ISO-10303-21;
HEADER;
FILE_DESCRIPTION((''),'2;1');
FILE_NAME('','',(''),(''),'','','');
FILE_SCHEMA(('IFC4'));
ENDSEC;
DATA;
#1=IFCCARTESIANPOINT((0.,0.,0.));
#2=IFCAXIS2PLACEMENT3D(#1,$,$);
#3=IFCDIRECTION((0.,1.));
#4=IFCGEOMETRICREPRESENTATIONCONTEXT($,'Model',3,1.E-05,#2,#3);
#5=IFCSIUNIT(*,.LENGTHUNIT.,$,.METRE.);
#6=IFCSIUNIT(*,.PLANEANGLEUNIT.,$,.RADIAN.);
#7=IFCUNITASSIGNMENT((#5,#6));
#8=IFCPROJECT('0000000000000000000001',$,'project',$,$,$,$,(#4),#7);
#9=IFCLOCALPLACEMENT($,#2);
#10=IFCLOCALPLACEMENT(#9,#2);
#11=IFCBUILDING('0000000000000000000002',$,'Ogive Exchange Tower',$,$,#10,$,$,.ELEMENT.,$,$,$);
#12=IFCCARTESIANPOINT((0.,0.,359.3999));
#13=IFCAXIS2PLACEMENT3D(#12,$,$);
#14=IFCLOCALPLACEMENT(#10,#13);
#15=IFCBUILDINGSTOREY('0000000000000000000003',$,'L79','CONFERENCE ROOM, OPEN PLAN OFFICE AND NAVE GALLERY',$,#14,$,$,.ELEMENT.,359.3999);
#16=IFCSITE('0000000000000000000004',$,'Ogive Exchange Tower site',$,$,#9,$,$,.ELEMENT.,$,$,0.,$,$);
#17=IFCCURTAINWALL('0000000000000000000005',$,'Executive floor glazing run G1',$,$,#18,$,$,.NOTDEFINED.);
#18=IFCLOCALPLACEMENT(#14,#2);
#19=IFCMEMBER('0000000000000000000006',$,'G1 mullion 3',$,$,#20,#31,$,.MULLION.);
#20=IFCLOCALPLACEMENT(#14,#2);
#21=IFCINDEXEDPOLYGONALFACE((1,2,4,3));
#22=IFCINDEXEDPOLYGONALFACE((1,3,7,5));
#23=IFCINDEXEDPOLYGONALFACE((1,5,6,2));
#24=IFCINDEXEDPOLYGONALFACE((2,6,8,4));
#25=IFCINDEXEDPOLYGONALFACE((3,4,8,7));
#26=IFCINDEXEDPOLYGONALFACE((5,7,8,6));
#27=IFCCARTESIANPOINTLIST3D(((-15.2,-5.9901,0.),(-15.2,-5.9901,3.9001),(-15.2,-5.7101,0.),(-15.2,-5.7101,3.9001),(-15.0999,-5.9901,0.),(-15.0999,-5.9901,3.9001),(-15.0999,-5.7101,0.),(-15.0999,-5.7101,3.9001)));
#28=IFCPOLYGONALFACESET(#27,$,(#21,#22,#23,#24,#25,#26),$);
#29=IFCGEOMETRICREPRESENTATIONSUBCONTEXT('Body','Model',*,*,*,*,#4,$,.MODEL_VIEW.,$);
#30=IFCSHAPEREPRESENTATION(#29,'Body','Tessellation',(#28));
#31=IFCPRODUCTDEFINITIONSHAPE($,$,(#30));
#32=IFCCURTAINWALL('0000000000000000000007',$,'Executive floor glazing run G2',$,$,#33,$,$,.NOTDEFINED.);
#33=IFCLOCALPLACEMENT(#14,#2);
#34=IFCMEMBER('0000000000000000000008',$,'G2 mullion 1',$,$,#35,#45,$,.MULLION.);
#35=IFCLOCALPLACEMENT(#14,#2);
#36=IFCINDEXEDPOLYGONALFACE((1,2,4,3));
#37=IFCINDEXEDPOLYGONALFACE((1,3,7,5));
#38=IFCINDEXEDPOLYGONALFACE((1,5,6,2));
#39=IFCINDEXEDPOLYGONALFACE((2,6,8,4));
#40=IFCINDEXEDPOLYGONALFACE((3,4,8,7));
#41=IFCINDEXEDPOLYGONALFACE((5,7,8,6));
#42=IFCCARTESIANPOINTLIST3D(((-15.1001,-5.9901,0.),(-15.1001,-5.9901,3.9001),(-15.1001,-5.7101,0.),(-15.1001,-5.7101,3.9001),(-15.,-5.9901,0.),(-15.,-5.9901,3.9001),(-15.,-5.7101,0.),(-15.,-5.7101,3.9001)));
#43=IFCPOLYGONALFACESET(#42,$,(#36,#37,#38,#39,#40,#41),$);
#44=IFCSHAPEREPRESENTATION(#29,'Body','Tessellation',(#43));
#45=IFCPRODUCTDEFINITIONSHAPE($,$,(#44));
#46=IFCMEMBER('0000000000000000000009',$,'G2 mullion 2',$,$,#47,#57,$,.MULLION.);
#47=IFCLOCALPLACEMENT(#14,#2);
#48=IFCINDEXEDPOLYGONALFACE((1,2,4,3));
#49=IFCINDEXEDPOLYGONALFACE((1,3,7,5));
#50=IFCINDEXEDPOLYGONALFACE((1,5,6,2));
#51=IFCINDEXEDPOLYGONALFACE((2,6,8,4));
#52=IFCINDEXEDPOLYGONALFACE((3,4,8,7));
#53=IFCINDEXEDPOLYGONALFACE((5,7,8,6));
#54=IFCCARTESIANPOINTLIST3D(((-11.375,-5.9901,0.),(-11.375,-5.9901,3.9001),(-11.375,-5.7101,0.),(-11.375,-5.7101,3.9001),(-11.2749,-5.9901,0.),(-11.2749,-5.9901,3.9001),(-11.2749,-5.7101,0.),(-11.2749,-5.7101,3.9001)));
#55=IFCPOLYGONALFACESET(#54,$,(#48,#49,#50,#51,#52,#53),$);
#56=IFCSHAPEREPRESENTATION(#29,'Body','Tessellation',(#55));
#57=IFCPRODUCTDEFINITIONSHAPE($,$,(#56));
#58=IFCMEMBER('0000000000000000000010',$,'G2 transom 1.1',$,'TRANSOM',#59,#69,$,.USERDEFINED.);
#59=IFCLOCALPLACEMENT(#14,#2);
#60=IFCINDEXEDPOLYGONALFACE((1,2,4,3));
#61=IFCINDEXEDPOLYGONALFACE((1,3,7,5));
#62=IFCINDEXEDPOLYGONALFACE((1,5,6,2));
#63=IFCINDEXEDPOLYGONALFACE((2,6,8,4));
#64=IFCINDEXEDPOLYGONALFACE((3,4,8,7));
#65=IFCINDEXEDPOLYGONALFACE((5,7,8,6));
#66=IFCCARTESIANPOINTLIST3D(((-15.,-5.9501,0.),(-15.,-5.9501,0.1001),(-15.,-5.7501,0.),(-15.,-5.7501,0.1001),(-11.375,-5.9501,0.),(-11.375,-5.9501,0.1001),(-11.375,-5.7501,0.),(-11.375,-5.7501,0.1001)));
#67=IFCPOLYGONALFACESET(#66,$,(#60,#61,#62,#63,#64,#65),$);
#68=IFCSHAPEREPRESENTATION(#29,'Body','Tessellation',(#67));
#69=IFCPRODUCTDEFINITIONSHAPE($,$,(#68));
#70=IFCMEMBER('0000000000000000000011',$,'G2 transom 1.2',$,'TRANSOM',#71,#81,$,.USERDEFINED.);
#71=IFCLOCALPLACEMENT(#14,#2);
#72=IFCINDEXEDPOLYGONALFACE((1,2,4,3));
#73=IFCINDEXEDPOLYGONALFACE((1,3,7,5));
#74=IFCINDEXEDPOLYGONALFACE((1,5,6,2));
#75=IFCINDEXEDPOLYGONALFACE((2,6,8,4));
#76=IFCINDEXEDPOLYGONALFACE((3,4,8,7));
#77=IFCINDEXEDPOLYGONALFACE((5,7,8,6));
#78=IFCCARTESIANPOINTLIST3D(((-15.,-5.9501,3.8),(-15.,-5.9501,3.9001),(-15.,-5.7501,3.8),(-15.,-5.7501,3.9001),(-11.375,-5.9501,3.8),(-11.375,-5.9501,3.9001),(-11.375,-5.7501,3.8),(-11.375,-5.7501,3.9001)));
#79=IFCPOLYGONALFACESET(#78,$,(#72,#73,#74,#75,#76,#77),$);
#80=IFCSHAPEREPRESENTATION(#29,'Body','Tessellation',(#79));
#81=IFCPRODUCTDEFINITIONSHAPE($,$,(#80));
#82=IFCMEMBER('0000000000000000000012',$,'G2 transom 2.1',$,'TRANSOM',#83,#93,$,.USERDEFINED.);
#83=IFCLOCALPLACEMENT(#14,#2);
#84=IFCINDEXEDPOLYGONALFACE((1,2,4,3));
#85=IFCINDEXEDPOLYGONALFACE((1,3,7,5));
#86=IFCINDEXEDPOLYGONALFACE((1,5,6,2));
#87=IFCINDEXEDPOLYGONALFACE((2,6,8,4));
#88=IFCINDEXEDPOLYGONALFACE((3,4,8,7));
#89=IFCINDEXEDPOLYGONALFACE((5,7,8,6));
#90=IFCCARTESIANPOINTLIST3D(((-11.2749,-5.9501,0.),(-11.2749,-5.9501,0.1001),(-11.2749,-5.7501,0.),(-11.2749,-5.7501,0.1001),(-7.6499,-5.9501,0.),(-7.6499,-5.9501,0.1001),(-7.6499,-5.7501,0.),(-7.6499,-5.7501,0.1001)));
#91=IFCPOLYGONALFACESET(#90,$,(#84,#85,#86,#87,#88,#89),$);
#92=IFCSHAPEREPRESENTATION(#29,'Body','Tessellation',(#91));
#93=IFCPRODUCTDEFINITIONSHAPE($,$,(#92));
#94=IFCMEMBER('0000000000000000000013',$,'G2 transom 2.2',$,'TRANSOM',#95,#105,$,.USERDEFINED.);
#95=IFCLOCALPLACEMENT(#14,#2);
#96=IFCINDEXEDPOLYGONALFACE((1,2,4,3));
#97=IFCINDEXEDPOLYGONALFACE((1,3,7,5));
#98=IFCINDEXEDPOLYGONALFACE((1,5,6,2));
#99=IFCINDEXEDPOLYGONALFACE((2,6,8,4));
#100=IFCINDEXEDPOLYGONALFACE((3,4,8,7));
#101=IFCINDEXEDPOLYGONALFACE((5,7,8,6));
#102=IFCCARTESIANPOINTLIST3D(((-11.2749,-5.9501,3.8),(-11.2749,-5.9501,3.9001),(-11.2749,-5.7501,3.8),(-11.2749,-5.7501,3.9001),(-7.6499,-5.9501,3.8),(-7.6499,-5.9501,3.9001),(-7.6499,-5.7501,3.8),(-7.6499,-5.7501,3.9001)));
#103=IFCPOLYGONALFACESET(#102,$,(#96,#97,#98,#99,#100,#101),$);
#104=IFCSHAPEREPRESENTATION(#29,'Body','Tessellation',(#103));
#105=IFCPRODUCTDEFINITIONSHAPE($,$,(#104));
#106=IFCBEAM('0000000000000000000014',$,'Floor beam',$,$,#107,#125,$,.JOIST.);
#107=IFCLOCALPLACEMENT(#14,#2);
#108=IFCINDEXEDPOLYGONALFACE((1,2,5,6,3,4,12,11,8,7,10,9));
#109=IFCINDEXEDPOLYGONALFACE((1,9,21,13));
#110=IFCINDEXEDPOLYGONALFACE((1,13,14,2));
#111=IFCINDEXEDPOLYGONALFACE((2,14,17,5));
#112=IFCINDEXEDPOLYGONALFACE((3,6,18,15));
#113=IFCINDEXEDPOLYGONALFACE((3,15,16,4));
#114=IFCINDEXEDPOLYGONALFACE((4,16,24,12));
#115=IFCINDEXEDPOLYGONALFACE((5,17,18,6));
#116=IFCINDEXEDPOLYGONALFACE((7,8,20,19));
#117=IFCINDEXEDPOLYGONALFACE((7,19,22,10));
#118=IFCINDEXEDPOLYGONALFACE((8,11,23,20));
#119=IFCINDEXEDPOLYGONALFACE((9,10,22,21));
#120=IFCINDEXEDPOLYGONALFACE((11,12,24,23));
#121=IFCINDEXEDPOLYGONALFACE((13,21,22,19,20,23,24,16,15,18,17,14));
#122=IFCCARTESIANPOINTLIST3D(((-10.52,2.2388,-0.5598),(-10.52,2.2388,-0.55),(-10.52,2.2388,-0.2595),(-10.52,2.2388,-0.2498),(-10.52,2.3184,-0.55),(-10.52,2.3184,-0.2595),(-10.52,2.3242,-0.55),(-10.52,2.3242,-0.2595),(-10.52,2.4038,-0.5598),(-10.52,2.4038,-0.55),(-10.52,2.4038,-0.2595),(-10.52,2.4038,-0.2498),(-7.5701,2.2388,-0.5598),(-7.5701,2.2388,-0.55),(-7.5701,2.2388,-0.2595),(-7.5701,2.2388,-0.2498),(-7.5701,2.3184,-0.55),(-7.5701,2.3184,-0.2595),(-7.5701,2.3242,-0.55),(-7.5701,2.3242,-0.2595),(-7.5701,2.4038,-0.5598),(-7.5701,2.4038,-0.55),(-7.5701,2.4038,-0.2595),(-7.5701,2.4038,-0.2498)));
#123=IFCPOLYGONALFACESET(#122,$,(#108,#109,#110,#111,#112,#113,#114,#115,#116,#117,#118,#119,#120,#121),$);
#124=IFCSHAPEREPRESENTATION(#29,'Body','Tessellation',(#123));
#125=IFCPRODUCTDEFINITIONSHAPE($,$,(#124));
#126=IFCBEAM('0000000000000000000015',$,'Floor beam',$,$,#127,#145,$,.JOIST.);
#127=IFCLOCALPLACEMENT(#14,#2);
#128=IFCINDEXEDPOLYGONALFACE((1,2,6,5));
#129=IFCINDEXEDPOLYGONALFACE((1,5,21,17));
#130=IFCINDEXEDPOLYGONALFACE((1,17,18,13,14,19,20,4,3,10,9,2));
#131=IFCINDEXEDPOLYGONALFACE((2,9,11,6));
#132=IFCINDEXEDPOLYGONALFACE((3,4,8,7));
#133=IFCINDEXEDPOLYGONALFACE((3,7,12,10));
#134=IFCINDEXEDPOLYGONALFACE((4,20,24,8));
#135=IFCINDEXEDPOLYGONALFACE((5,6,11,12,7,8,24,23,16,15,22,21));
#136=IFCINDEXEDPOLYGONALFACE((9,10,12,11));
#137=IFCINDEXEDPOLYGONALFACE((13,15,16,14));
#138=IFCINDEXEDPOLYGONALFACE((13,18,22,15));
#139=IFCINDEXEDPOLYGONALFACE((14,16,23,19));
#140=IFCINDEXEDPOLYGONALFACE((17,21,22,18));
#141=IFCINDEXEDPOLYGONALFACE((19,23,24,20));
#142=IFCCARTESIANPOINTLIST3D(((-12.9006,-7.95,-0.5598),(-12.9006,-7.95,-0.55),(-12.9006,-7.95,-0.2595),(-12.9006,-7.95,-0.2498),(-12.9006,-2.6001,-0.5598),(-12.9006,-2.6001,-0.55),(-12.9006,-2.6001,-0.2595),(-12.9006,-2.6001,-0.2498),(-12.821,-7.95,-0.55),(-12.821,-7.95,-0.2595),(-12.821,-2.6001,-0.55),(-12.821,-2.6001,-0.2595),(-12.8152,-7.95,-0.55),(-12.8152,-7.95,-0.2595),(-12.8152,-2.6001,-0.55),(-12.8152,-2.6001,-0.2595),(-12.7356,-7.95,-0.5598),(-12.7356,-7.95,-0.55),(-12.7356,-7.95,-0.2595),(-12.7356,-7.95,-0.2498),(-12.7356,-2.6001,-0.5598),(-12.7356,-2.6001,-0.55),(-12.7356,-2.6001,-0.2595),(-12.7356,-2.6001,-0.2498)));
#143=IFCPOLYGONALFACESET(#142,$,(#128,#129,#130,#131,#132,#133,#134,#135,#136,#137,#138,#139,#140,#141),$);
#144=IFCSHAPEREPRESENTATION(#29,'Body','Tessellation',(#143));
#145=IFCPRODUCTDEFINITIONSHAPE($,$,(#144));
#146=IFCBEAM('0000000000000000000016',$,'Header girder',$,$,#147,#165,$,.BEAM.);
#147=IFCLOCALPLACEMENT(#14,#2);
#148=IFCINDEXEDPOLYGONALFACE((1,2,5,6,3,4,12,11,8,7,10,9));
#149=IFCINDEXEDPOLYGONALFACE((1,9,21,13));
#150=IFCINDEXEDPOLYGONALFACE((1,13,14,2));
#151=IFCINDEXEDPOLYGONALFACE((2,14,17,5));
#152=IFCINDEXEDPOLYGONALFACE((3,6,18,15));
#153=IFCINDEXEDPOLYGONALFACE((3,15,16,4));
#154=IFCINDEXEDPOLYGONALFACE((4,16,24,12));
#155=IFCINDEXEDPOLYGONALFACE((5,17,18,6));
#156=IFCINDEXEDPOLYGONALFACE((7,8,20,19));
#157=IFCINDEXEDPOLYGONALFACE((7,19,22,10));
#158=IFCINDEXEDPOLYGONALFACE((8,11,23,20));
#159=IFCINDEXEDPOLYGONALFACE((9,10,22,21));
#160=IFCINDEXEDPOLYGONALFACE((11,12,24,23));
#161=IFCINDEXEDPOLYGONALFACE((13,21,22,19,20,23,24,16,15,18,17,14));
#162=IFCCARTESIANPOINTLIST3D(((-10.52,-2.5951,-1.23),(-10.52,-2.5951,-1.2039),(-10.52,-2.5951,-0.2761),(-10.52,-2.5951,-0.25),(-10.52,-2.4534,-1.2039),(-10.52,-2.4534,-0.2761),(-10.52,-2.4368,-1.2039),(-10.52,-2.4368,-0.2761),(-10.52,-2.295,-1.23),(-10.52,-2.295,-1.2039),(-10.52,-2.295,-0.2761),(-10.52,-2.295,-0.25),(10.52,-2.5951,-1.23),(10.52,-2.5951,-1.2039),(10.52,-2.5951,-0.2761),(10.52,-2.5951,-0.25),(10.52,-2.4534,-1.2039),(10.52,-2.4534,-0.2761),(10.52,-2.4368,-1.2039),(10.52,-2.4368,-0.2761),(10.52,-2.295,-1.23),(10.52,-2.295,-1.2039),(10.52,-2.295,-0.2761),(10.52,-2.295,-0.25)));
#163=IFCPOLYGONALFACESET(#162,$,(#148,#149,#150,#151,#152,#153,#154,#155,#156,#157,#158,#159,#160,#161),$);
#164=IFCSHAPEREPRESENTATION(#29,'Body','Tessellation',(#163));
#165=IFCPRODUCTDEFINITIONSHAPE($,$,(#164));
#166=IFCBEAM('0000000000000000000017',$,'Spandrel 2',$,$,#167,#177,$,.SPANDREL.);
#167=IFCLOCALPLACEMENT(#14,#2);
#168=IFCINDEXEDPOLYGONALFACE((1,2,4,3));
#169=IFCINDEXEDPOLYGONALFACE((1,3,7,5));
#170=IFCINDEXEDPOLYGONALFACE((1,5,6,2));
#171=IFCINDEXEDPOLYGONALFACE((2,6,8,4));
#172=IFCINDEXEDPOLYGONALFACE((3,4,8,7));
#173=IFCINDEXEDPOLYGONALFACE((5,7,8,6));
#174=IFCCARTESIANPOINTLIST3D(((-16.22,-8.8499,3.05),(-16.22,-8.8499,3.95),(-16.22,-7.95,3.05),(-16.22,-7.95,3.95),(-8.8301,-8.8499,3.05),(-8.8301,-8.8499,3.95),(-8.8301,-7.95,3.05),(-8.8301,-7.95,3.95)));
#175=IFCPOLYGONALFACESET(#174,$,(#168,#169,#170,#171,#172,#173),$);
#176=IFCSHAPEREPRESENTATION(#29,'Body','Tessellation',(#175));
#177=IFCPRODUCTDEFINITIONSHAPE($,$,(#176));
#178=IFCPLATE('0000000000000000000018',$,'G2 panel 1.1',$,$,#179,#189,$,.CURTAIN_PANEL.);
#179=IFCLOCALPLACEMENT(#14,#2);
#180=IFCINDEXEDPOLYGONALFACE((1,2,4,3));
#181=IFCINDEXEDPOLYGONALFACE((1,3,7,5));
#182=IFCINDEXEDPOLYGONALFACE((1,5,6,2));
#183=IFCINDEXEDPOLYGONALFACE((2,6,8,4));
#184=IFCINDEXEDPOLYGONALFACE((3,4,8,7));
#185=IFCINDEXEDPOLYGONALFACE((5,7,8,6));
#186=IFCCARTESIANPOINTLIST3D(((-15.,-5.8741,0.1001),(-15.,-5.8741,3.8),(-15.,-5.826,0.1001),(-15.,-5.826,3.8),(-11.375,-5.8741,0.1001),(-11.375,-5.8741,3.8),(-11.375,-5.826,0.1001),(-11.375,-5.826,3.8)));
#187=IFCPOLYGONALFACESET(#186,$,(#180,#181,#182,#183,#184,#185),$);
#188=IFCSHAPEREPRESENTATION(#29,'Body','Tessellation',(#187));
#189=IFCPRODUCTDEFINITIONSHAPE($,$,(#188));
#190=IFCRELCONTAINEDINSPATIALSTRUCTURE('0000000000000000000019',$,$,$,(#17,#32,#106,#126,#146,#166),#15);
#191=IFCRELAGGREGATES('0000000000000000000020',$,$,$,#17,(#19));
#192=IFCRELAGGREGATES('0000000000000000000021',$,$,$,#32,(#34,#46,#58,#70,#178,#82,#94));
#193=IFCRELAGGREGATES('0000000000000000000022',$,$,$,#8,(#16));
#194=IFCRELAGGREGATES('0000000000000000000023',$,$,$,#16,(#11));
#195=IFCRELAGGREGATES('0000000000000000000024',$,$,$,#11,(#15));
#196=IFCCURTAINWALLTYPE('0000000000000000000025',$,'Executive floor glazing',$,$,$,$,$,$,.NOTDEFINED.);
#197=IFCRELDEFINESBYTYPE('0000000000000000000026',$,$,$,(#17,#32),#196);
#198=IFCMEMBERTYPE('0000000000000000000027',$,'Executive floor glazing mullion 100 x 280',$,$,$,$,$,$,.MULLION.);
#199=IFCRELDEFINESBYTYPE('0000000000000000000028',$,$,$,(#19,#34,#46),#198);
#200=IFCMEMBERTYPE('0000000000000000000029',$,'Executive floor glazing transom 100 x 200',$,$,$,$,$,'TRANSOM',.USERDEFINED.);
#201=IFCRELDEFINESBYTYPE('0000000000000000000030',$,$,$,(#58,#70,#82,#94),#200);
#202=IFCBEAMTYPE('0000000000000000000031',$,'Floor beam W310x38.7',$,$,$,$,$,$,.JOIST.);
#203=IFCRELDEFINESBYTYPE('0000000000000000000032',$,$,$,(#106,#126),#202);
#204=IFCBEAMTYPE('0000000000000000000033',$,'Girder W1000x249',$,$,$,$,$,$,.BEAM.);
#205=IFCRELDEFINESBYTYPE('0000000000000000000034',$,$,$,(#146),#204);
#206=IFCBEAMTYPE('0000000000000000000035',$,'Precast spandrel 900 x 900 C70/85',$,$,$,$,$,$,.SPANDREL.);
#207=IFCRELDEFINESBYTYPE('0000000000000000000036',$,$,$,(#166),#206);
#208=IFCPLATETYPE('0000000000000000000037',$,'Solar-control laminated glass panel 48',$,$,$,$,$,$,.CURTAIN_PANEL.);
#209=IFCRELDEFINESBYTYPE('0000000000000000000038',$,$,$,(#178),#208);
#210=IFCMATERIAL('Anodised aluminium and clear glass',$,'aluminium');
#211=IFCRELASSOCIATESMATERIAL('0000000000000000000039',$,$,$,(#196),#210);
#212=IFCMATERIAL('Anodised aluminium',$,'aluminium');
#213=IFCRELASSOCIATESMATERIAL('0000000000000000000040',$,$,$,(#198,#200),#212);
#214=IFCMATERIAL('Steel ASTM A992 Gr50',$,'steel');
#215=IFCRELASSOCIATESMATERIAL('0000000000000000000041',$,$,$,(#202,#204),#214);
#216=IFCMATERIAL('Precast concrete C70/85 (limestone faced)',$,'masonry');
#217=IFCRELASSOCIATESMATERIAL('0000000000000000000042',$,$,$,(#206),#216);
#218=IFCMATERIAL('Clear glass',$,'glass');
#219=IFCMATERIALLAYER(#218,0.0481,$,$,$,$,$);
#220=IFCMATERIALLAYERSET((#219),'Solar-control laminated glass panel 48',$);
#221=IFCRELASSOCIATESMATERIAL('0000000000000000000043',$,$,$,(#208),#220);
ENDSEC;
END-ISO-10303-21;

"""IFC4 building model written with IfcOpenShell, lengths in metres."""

from ifc_helpers import new_model, si_unit, direction, frame, origin, origin_2d, place, context, subcontext, project, spatial, rectangle, i_section, extrude, material, layer, layer_set, material_profile, profile_set, type_object, element, aggregate, save


model = new_model("IFC4")

# Units and contexts
model_context = context("Model", 3, precision=1e-05, world=origin(), true_north=direction((0.0, 1.0)))
body_context = subcontext(model_context, "Body", "Model", "MODEL_VIEW")
ifc_project = project(units=[si_unit("LENGTHUNIT", "METRE"), si_unit("PLANEANGLEUNIT", "RADIAN")], contexts=[model_context])

# Site, building, storey
site_placement = place(None, origin())
site = spatial("IfcSite", under=ifc_project, at=site_placement, Name="Ogive Exchange Tower site", CompositionType="ELEMENT", RefElevation=0.0)
building_placement = place(site_placement, origin())
building = spatial("IfcBuilding", under=site, at=building_placement, Name="Ogive Exchange Tower", CompositionType="ELEMENT")
storey_placement = place(building_placement, frame((0.0, 0.0, 359.3999)))
storey = spatial("IfcBuildingStorey", under=building, at=storey_placement, Name="L79", Description="CONFERENCE ROOM, OPEN PLAN OFFICE AND NAVE GALLERY", CompositionType="ELEMENT", Elevation=359.3999)

# Curtain wall, member
ifc_material_1 = material(Name="Anodised aluminium and clear glass", Category="aluminium")
curtain_wall_type = type_object("IfcCurtainWallType", Name="Executive floor glazing", PredefinedType="NOTDEFINED", material=ifc_material_1)
curtain_wall_1_placement = place(storey_placement, origin())
curtain_wall_1 = element("IfcCurtainWall", 1, at=curtain_wall_1_placement, inside=storey, type_object=curtain_wall_type, Name="Executive floor glazing run G1", PredefinedType="NOTDEFINED")
ifc_material_2 = material(Name="Anodised aluminium", Category="aluminium")
ifc_material_profile_1 = material_profile(ifc_material_2, rectangle(XDim=0.28, YDim=0.1001, at=origin_2d()), Name="AL 100x280")
ifc_profile_set_1 = profile_set([ifc_material_profile_1], Name="Anodised aluminium")
member_type_1 = type_object("IfcMemberType", Name="Executive floor glazing mullion 100 x 280", PredefinedType="MULLION", material=ifc_profile_set_1)
member_1_placement = place(storey_placement, frame((-15.1499, -5.8501, 0.0), z_axis=(0.0, 0.0, 1.0), x_axis=(0.0, 1.0, 0.0)))
member_1 = element("IfcMember", 2, at=member_1_placement, type_object=member_type_1, Name="G1 mullion 3", PredefinedType="MULLION", context=body_context, shape_type="SweptSolid", body=[
    extrude(rectangle(XDim=0.28, YDim=0.1001, at=origin_2d()), origin(), (0.0, 0.0, 1.0), 3.9001),
])
aggregate(curtain_wall_1, [member_1])

# Curtain wall, members
curtain_wall_2_placement = place(storey_placement, origin())
curtain_wall_2 = element("IfcCurtainWall", 3, at=curtain_wall_2_placement, inside=storey, type_object=curtain_wall_type, Name="Executive floor glazing run G2", PredefinedType="NOTDEFINED")
member_2_placement = place(storey_placement, frame((-15.05, -5.8501, 0.0), z_axis=(0.0, 0.0, 1.0), x_axis=(0.0, 1.0, 0.0)))
member_2 = element("IfcMember", 4, at=member_2_placement, type_object=member_type_1, Name="G2 mullion 1", PredefinedType="MULLION", context=body_context, shape_type="SweptSolid", body=[
    extrude(rectangle(XDim=0.28, YDim=0.1001, at=origin_2d()), origin(), (0.0, 0.0, 1.0), 3.9001),
])
member_3_placement = place(storey_placement, frame((-11.325, -5.8501, 0.0), z_axis=(0.0, 0.0, 1.0), x_axis=(0.0, 1.0, 0.0)))
member_3 = element("IfcMember", 5, at=member_3_placement, type_object=member_type_1, Name="G2 mullion 2", PredefinedType="MULLION", context=body_context, shape_type="SweptSolid", body=[
    extrude(rectangle(XDim=0.28, YDim=0.1001, at=origin_2d()), origin(), (0.0, 0.0, 1.0), 3.9001),
])
ifc_material_profile_2 = material_profile(ifc_material_2, rectangle(XDim=0.2, YDim=0.1001, at=origin_2d()), Name="AL 100x200")
ifc_profile_set_2 = profile_set([ifc_material_profile_2], Name="Anodised aluminium")
member_type_2 = type_object("IfcMemberType", Name="Executive floor glazing transom 100 x 200", ElementType="TRANSOM", PredefinedType="USERDEFINED", material=ifc_profile_set_2)
member_4_placement = place(storey_placement, frame((-15.0, -5.8501, 0.05), z_axis=(1.0, 0.0, 0.0), x_axis=(0.0, 1.0, 0.0)))
member_4 = element("IfcMember", 6, at=member_4_placement, type_object=member_type_2, Name="G2 transom 1.1", ObjectType="TRANSOM", PredefinedType="USERDEFINED", context=body_context, shape_type="SweptSolid", body=[
    extrude(rectangle(XDim=0.2, YDim=0.1001, at=origin_2d()), origin(), (0.0, 0.0, 1.0), 3.625),
])
member_5_placement = place(storey_placement, frame((-15.0, -5.8501, 3.8501), z_axis=(1.0, 0.0, 0.0), x_axis=(0.0, 1.0, 0.0)))
member_5 = element("IfcMember", 7, at=member_5_placement, type_object=member_type_2, Name="G2 transom 1.2", ObjectType="TRANSOM", PredefinedType="USERDEFINED", context=body_context, shape_type="SweptSolid", body=[
    extrude(rectangle(XDim=0.2, YDim=0.1001, at=origin_2d()), origin(), (0.0, 0.0, 1.0), 3.625),
])
member_6_placement = place(storey_placement, frame((-11.2749, -5.8501, 0.05), z_axis=(1.0, 0.0, 0.0), x_axis=(0.0, 1.0, 0.0)))
member_6 = element("IfcMember", 8, at=member_6_placement, type_object=member_type_2, Name="G2 transom 2.1", ObjectType="TRANSOM", PredefinedType="USERDEFINED", context=body_context, shape_type="SweptSolid", body=[
    extrude(rectangle(XDim=0.2, YDim=0.1001, at=origin_2d()), origin(), (0.0, 0.0, 1.0), 3.625),
])
member_7_placement = place(storey_placement, frame((-11.2749, -5.8501, 3.8501), z_axis=(1.0, 0.0, 0.0), x_axis=(0.0, 1.0, 0.0)))
member_7 = element("IfcMember", 9, at=member_7_placement, type_object=member_type_2, Name="G2 transom 2.2", ObjectType="TRANSOM", PredefinedType="USERDEFINED", context=body_context, shape_type="SweptSolid", body=[
    extrude(rectangle(XDim=0.2, YDim=0.1001, at=origin_2d()), origin(), (0.0, 0.0, 1.0), 3.625),
])

# Beams
ifc_material_3 = material(Name="Steel ASTM A992 Gr50", Category="steel")
ifc_material_profile_3 = material_profile(ifc_material_3, i_section(OverallWidth=0.165, OverallDepth=0.3101, WebThickness=0.0059, FlangeThickness=0.0098, at=origin_2d()), Name="W310x38.7")
ifc_profile_set_3 = profile_set([ifc_material_profile_3], Name="Steel ASTM A992 Gr50")
beam_type_1 = type_object("IfcBeamType", Name="Floor beam W310x38.7", PredefinedType="JOIST", material=ifc_profile_set_3)
beam_1_placement = place(storey_placement, frame((-10.52, 2.3213, -0.4048), z_axis=(1.0, 0.0, 0.0), x_axis=(0.0, 1.0, 0.0)))
element("IfcBeam", 10, at=beam_1_placement, inside=storey, type_object=beam_type_1, Name="Floor beam", PredefinedType="JOIST", context=body_context, shape_type="SweptSolid", body=[
    extrude(i_section(OverallWidth=0.165, OverallDepth=0.3101, WebThickness=0.0059, FlangeThickness=0.0098, at=origin_2d()), origin(), (0.0, 0.0, 1.0), 2.95),
])
beam_2_placement = place(storey_placement, frame((-12.8181, -7.95, -0.4048), z_axis=(0.0, 1.0, 0.0), x_axis=(-1.0, 0.0, 0.0)))
element("IfcBeam", 11, at=beam_2_placement, inside=storey, type_object=beam_type_1, Name="Floor beam", PredefinedType="JOIST", context=body_context, shape_type="SweptSolid", body=[
    extrude(i_section(OverallWidth=0.165, OverallDepth=0.3101, WebThickness=0.0059, FlangeThickness=0.0098, at=origin_2d()), origin(), (0.0, 0.0, 1.0), 5.3499),
])
ifc_material_profile_4 = material_profile(ifc_material_3, i_section(OverallWidth=0.3, OverallDepth=0.98, WebThickness=0.0166, FlangeThickness=0.0261, at=origin_2d()), Name="W1000x249")
ifc_profile_set_4 = profile_set([ifc_material_profile_4], Name="Steel ASTM A992 Gr50")
beam_type_2 = type_object("IfcBeamType", Name="Girder W1000x249", PredefinedType="BEAM", material=ifc_profile_set_4)
beam_3_placement = place(storey_placement, frame((-10.52, -2.4451, -0.74), z_axis=(1.0, 0.0, 0.0), x_axis=(0.0, 1.0, 0.0)))
element("IfcBeam", 12, at=beam_3_placement, inside=storey, type_object=beam_type_2, Name="Header girder", PredefinedType="BEAM", context=body_context, shape_type="SweptSolid", body=[
    extrude(i_section(OverallWidth=0.3, OverallDepth=0.98, WebThickness=0.0166, FlangeThickness=0.0261, at=origin_2d()), origin(), (0.0, 0.0, 1.0), 21.04),
])
ifc_material_4 = material(Name="Precast concrete C70/85 (limestone faced)", Category="masonry")
ifc_material_profile_5 = material_profile(ifc_material_4, rectangle(XDim=0.8999, YDim=0.8999, at=origin_2d()), Name="900 x 900")
ifc_profile_set_5 = profile_set([ifc_material_profile_5], Name="Precast concrete C70/85 (limestone faced)")
beam_type_3 = type_object("IfcBeamType", Name="Precast spandrel 900 x 900 C70/85", PredefinedType="SPANDREL", material=ifc_profile_set_5)
beam_4_placement = place(storey_placement, frame((-16.22, -8.3999, 3.5), z_axis=(1.0, 0.0, 0.0), x_axis=(0.0, 1.0, 0.0)))
element("IfcBeam", 13, at=beam_4_placement, inside=storey, type_object=beam_type_3, Name="Spandrel 2", PredefinedType="SPANDREL", context=body_context, shape_type="SweptSolid", body=[
    extrude(rectangle(XDim=0.8999, YDim=0.8999, at=origin_2d()), origin(), (0.0, 0.0, 1.0), 7.3899),
])

# Plate
ifc_material_5 = material(Name="Clear glass", Category="glass")
ifc_layer_1 = layer(ifc_material_5, 0.0481)
ifc_layer_set_1 = layer_set([ifc_layer_1], Name="Solar-control laminated glass panel 48")
plate_type = type_object("IfcPlateType", Name="Solar-control laminated glass panel 48", PredefinedType="CURTAIN_PANEL", material=ifc_layer_set_1)
plate_placement = place(storey_placement, frame((-13.1875, -5.8501, 0.1001), z_axis=(0.0, 0.0, 1.0), x_axis=(1.0, 0.0, 0.0)))
plate = element("IfcPlate", 14, at=plate_placement, type_object=plate_type, Name="G2 panel 1.1", PredefinedType="CURTAIN_PANEL", context=body_context, shape_type="SweptSolid", body=[
    extrude(rectangle(XDim=3.625, YDim=0.0481, at=origin_2d()), origin(), (0.0, 0.0, 1.0), 3.7),
])
aggregate(curtain_wall_2, [member_2, member_3, member_4, member_5, plate, member_6, member_7])

save(model, "model.ifc")
